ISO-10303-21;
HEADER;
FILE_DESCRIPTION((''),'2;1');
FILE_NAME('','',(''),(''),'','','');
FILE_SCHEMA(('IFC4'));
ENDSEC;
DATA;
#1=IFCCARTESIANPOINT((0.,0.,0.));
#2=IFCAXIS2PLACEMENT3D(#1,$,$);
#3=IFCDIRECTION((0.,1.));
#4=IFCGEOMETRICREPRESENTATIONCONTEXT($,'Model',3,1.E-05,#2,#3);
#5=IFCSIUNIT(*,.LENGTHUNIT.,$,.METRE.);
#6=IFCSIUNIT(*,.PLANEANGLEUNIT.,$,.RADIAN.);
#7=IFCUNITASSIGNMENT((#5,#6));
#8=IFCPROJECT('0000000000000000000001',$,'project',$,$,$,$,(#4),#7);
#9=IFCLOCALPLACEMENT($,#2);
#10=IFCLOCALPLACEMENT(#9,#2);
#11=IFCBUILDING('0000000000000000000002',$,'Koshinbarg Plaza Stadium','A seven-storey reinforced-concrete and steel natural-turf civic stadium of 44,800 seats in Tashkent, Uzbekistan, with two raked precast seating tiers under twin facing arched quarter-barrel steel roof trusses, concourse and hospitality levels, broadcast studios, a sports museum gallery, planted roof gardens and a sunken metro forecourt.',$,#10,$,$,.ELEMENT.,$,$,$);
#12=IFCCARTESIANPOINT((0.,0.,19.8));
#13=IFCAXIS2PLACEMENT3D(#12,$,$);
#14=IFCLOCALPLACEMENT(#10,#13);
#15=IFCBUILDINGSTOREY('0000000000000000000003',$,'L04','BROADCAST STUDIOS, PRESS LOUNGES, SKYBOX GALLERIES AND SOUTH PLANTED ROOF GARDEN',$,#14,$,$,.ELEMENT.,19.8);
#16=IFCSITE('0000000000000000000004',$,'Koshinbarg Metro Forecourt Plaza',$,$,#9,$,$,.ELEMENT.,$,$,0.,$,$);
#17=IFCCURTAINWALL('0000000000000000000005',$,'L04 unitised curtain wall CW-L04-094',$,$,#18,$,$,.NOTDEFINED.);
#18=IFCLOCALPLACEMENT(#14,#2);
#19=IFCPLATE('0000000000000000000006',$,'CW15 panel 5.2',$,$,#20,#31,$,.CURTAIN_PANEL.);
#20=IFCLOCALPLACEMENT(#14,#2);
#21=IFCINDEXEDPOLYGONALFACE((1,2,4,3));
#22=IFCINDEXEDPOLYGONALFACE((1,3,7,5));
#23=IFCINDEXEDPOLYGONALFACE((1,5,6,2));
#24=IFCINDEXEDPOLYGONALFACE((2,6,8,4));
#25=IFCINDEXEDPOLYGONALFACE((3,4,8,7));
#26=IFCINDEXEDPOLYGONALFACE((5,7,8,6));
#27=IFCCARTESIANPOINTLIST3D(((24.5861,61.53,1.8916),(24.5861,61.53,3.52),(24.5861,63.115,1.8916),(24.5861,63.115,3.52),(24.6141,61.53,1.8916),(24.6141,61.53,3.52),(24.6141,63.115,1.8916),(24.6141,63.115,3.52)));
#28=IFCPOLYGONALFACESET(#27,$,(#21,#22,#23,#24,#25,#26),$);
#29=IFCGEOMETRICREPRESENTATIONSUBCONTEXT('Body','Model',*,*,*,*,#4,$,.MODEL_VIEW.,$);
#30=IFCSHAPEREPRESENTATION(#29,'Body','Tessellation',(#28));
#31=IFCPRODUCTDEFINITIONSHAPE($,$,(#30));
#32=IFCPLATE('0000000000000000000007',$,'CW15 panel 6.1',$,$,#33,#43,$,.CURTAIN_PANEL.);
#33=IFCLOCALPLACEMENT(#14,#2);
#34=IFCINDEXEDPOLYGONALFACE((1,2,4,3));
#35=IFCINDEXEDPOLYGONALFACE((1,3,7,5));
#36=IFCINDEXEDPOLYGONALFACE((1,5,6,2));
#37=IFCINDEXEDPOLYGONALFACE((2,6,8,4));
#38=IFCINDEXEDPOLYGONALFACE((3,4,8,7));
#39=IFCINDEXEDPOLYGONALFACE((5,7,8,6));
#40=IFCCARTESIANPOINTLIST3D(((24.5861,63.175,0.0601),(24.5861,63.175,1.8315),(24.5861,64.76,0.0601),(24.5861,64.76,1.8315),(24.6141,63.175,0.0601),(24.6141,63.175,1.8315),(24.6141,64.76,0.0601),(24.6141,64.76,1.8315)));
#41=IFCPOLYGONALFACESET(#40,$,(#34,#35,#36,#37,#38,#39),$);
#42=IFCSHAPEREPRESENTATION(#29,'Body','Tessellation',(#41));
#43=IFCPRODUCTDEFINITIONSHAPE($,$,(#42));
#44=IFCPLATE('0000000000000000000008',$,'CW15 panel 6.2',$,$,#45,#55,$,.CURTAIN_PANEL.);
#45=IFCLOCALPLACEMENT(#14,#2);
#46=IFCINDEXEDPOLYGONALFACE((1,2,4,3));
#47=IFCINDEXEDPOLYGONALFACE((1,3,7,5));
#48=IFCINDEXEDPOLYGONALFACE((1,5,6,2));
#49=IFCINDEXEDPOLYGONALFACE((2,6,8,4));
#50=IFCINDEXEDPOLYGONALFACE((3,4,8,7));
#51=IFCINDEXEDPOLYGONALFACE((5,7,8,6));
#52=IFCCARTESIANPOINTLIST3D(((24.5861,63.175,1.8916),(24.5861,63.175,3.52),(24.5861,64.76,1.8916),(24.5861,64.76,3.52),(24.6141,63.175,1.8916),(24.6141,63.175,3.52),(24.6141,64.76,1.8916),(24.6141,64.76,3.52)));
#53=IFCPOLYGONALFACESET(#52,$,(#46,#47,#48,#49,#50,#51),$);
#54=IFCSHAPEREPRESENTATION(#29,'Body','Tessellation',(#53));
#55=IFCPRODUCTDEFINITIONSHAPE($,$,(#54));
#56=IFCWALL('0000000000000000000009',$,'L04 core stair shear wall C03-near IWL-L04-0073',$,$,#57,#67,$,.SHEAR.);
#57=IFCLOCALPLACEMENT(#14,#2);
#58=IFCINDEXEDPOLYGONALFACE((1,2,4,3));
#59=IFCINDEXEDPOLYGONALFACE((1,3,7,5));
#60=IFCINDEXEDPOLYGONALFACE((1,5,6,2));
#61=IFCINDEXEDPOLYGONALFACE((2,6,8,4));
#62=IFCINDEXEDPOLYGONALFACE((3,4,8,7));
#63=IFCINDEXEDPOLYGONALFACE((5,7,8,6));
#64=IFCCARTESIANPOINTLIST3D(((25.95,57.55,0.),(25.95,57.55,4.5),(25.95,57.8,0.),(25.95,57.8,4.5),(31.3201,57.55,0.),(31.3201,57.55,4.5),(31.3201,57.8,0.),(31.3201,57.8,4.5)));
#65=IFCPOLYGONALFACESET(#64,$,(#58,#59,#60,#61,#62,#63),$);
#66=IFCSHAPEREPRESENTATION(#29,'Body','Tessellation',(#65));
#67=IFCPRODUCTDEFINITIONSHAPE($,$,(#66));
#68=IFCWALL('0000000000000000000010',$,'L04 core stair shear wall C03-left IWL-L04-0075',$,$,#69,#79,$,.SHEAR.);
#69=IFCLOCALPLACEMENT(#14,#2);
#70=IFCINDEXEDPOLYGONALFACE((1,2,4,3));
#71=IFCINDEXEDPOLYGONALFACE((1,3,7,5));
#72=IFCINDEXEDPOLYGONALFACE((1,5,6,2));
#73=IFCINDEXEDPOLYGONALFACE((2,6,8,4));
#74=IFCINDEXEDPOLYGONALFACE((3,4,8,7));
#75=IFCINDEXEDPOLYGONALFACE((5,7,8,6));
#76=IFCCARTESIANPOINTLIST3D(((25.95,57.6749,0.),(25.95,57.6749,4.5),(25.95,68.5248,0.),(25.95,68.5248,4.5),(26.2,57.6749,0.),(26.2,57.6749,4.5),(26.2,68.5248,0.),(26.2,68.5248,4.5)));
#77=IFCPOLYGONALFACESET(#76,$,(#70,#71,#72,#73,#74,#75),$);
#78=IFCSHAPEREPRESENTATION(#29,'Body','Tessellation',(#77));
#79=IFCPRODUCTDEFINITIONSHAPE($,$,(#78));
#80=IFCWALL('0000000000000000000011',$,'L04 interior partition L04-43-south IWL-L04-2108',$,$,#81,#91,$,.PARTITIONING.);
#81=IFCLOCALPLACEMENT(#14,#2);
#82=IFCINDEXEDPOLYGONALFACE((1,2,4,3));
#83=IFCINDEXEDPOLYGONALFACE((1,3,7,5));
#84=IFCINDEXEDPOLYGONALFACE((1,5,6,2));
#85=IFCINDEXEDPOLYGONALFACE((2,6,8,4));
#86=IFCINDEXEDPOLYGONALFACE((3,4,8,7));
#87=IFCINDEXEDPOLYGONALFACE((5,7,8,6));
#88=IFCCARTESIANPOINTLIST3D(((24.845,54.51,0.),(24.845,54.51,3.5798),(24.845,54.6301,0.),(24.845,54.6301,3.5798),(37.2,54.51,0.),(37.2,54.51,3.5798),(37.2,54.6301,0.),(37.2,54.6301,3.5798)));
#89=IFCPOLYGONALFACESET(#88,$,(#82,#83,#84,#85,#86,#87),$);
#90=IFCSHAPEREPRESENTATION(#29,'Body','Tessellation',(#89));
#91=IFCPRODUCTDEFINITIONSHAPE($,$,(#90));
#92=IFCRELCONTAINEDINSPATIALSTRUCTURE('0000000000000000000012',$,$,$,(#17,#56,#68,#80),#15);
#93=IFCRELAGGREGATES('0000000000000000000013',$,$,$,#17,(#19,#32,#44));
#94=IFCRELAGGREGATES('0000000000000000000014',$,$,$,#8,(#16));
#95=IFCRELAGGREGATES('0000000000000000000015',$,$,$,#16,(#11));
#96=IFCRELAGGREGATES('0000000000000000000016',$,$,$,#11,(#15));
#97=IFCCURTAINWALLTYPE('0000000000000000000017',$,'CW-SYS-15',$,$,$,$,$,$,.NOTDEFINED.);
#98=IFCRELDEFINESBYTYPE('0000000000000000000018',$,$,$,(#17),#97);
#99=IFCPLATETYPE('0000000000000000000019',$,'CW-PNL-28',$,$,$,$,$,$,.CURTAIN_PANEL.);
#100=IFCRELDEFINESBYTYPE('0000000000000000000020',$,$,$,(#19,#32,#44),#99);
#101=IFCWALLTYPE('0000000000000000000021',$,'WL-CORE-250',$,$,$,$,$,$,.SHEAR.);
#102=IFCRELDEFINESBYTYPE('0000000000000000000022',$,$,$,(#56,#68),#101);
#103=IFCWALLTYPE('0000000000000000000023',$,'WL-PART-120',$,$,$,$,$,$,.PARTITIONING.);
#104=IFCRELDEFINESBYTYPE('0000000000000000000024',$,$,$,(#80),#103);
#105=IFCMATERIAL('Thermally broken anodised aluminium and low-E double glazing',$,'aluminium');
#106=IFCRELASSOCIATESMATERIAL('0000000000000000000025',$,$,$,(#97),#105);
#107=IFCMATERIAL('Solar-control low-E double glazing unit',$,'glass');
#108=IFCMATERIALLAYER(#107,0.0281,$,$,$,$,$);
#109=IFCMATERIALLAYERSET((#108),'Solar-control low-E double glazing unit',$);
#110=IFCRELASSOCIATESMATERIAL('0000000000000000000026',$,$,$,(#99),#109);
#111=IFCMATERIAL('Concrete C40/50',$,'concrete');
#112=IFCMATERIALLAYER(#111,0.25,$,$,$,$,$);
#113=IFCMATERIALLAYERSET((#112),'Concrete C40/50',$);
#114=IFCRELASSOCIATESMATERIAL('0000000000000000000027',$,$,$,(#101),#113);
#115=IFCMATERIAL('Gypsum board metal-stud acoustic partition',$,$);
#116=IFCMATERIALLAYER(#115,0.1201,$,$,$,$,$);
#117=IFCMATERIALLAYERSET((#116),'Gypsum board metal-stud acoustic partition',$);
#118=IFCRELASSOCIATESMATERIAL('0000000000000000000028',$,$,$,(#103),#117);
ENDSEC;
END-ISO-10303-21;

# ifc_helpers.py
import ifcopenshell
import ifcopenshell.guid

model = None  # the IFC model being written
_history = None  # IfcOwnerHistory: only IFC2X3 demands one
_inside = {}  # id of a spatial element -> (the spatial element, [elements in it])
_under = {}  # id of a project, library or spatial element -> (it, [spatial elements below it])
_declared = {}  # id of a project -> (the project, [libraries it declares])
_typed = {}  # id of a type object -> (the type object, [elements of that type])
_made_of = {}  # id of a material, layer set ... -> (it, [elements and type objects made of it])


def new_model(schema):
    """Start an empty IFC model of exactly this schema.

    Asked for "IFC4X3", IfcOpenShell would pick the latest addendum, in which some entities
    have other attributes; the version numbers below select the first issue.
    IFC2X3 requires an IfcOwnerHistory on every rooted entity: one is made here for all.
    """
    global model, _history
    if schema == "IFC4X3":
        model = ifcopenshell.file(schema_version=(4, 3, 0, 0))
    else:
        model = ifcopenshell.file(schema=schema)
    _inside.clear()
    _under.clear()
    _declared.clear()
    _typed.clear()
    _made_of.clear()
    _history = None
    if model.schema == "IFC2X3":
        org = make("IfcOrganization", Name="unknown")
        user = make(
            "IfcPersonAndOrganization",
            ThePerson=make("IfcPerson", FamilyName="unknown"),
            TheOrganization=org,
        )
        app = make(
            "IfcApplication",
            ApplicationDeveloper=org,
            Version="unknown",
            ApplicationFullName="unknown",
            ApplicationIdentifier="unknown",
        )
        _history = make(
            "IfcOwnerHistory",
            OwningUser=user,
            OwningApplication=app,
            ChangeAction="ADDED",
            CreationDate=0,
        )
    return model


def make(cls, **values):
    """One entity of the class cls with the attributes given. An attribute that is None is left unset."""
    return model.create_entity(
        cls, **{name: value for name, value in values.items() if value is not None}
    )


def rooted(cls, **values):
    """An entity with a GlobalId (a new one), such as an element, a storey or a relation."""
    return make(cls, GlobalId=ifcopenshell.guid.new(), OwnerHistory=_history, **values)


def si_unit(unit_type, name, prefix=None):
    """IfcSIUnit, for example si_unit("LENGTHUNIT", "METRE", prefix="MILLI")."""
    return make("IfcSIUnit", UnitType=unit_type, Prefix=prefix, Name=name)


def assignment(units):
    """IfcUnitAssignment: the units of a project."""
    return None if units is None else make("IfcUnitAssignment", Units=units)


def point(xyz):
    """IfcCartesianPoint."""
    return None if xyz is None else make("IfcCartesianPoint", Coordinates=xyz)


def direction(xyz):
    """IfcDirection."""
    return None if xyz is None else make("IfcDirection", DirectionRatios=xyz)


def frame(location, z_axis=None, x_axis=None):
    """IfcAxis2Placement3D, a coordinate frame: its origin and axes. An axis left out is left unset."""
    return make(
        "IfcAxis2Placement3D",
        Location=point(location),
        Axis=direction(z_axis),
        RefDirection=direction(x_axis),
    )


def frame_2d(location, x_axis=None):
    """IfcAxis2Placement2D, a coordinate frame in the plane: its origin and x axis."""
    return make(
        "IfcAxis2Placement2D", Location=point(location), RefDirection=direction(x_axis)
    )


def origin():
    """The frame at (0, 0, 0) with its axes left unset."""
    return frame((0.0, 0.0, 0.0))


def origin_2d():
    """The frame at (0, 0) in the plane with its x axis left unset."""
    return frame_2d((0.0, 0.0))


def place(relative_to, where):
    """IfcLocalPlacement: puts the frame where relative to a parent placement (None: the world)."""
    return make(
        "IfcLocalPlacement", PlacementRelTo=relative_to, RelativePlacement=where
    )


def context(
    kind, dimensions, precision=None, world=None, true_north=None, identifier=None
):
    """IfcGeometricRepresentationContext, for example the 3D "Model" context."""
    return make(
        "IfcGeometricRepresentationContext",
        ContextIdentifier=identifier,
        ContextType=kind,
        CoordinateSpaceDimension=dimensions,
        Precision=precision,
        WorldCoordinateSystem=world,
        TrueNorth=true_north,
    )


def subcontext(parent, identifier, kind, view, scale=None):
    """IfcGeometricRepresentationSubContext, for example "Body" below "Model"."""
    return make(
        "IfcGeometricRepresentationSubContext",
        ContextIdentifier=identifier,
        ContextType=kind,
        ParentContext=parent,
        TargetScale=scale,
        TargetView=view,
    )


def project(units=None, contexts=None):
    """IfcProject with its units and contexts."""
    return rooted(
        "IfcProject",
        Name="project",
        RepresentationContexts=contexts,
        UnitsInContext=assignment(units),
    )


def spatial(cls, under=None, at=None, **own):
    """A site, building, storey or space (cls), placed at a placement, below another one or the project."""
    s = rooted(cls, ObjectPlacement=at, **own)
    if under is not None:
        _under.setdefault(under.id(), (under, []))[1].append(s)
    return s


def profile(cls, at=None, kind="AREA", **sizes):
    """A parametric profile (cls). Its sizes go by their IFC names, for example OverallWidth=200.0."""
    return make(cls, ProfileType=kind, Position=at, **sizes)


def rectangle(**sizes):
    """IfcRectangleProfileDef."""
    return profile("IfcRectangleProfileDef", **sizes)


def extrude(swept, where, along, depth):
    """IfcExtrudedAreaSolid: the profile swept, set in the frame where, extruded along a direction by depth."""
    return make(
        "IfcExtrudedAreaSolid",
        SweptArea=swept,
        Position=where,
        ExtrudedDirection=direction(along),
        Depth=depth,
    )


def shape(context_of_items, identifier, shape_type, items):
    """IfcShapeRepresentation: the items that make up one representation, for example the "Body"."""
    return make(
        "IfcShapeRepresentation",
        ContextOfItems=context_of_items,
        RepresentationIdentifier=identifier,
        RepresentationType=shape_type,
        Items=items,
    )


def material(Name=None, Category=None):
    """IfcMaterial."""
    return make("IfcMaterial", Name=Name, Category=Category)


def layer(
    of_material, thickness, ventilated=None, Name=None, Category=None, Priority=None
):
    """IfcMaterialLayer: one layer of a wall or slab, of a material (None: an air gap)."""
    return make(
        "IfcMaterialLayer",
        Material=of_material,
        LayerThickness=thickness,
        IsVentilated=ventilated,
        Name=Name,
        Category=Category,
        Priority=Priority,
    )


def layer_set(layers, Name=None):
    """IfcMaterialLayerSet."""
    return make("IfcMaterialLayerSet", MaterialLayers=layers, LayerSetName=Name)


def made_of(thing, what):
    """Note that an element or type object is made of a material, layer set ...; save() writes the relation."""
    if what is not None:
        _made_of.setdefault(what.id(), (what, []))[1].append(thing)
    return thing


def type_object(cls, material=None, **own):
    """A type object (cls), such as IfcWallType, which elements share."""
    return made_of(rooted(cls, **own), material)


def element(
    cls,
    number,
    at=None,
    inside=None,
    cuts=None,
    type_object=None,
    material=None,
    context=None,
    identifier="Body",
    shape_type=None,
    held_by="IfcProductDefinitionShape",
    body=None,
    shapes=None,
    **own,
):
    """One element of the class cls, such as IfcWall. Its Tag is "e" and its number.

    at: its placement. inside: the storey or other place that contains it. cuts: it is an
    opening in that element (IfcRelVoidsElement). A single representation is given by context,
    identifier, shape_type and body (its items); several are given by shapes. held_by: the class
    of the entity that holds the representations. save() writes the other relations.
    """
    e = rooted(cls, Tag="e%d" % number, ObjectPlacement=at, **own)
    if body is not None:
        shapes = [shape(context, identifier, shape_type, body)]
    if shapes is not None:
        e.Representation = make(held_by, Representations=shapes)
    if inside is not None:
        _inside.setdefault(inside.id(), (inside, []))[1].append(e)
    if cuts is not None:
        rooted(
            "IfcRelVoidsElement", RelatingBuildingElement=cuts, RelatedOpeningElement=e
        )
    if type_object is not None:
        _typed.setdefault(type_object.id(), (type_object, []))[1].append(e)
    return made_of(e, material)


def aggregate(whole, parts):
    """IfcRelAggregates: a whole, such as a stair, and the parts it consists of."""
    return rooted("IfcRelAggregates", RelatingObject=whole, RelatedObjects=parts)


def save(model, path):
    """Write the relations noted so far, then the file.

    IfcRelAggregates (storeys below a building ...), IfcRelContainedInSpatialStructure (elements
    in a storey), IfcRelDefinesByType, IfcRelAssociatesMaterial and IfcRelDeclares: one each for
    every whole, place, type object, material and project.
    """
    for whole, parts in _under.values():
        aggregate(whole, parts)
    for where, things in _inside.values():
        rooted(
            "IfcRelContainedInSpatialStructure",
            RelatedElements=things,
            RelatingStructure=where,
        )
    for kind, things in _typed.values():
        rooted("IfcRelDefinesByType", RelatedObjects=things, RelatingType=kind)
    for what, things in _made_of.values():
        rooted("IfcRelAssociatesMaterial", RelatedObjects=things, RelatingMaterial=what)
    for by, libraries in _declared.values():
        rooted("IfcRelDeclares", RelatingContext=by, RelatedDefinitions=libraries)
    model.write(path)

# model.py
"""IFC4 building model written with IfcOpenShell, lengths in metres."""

from ifc_helpers import new_model, si_unit, direction, frame, frame_2d, origin, origin_2d, place, context, subcontext, project, spatial, rectangle, extrude, material, layer, layer_set, type_object, element, aggregate, save


model = new_model("IFC4")

# Units and contexts
model_context = context("Model", 3, precision=1e-05, world=origin(), true_north=direction((0.0, 1.0)))
body_context = subcontext(model_context, "Body", "Model", "MODEL_VIEW")
ifc_project = project(units=[si_unit("LENGTHUNIT", "METRE"), si_unit("PLANEANGLEUNIT", "RADIAN")], contexts=[model_context])

# Site, building, storey
site_placement = place(None, origin())
site = spatial("IfcSite", under=ifc_project, at=site_placement, Name="Koshinbarg Metro Forecourt Plaza", CompositionType="ELEMENT", RefElevation=0.0)
building_placement = place(site_placement, origin())
building = spatial("IfcBuilding", under=site, at=building_placement, Name="Koshinbarg Plaza Stadium", Description="A seven-storey reinforced-concrete and steel natural-turf civic stadium of 44,800 seats in Tashkent, Uzbekistan, with two raked precast seating tiers under twin facing arched quarter-barrel steel roof trusses, concourse and hospitality levels, broadcast studios, a sports museum gallery, planted roof gardens and a sunken metro forecourt.", CompositionType="ELEMENT")
storey_placement = place(building_placement, frame((0.0, 0.0, 19.8)))
storey = spatial("IfcBuildingStorey", under=building, at=storey_placement, Name="L04", Description="BROADCAST STUDIOS, PRESS LOUNGES, SKYBOX GALLERIES AND SOUTH PLANTED ROOF GARDEN", CompositionType="ELEMENT", Elevation=19.8)

# Curtain wall, plates
ifc_material_1 = material(Name="Thermally broken anodised aluminium and low-E double glazing", Category="aluminium")
curtain_wall_type = type_object("IfcCurtainWallType", Name="CW-SYS-15", PredefinedType="NOTDEFINED", material=ifc_material_1)
curtain_wall_placement = place(storey_placement, origin())
curtain_wall = element("IfcCurtainWall", 1, at=curtain_wall_placement, inside=storey, type_object=curtain_wall_type, Name="L04 unitised curtain wall CW-L04-094", PredefinedType="NOTDEFINED")
ifc_material_2 = material(Name="Solar-control low-E double glazing unit", Category="glass")
ifc_layer_1 = layer(ifc_material_2, 0.0281)
ifc_layer_set_1 = layer_set([ifc_layer_1], Name="Solar-control low-E double glazing unit")
plate_type = type_object("IfcPlateType", Name="CW-PNL-28", PredefinedType="CURTAIN_PANEL", material=ifc_layer_set_1)
plate_1_placement = place(storey_placement, frame((24.6001, 62.3225, 1.8916), z_axis=(0.0, 0.0, 1.0), x_axis=(0.0, 1.0, 0.0)))
plate_1 = element("IfcPlate", 2, at=plate_1_placement, type_object=plate_type, Name="CW15 panel 5.2", PredefinedType="CURTAIN_PANEL", context=body_context, shape_type="SweptSolid", body=[
    extrude(rectangle(XDim=1.585, YDim=0.0281, at=origin_2d()), origin(), (0.0, 0.0, 1.0), 1.6284),
])
plate_2_placement = place(storey_placement, frame((24.6001, 63.9675, 0.0601), z_axis=(0.0, 0.0, 1.0), x_axis=(0.0, 1.0, 0.0)))
plate_2 = element("IfcPlate", 3, at=plate_2_placement, type_object=plate_type, Name="CW15 panel 6.1", PredefinedType="CURTAIN_PANEL", context=body_context, shape_type="SweptSolid", body=[
    extrude(rectangle(XDim=1.585, YDim=0.0281, at=origin_2d()), origin(), (0.0, 0.0, 1.0), 1.7715),
])
plate_3_placement = place(storey_placement, frame((24.6001, 63.9675, 1.8916), z_axis=(0.0, 0.0, 1.0), x_axis=(0.0, 1.0, 0.0)))
plate_3 = element("IfcPlate", 4, at=plate_3_placement, type_object=plate_type, Name="CW15 panel 6.2", PredefinedType="CURTAIN_PANEL", context=body_context, shape_type="SweptSolid", body=[
    extrude(rectangle(XDim=1.585, YDim=0.0281, at=origin_2d()), origin(), (0.0, 0.0, 1.0), 1.6284),
])
aggregate(curtain_wall, [plate_1, plate_2, plate_3])

# Walls
ifc_material_3 = material(Name="Concrete C40/50", Category="concrete")
ifc_layer_2 = layer(ifc_material_3, 0.25)
ifc_layer_set_2 = layer_set([ifc_layer_2], Name="Concrete C40/50")
wall_type_1 = type_object("IfcWallType", Name="WL-CORE-250", PredefinedType="SHEAR", material=ifc_layer_set_2)
wall_1_placement = place(storey_placement, frame((25.95, 57.675, 0.0), z_axis=(0.0, 0.0, 1.0), x_axis=(1.0, 0.0, 0.0)))
element("IfcWall", 5, at=wall_1_placement, inside=storey, type_object=wall_type_1, Name="L04 core stair shear wall C03-near IWL-L04-0073", PredefinedType="SHEAR", context=body_context, shape_type="SweptSolid", body=[
    extrude(rectangle(XDim=5.3701, YDim=0.25, at=frame_2d((2.6851, 0.0))), origin(), (0.0, 0.0, 1.0), 4.5),
])
wall_2_placement = place(storey_placement, frame((26.075, 57.675, 0.0), z_axis=(0.0, 0.0, 1.0), x_axis=(0.0, 1.0, 0.0)))
element("IfcWall", 6, at=wall_2_placement, inside=storey, type_object=wall_type_1, Name="L04 core stair shear wall C03-left IWL-L04-0075", PredefinedType="SHEAR", context=body_context, shape_type="SweptSolid", body=[
    extrude(rectangle(XDim=10.8499, YDim=0.25, at=frame_2d((5.4248, 0.0))), origin(), (0.0, 0.0, 1.0), 4.5),
])
ifc_material_4 = material(Name="Gypsum board metal-stud acoustic partition")
ifc_layer_3 = layer(ifc_material_4, 0.1201)
ifc_layer_set_3 = layer_set([ifc_layer_3], Name="Gypsum board metal-stud acoustic partition")
wall_type_2 = type_object("IfcWallType", Name="WL-PART-120", PredefinedType="PARTITIONING", material=ifc_layer_set_3)
wall_3_placement = place(storey_placement, frame((24.845, 54.5701, 0.0), z_axis=(0.0, 0.0, 1.0), x_axis=(1.0, 0.0, 0.0)))
element("IfcWall", 7, at=wall_3_placement, inside=storey, type_object=wall_type_2, Name="L04 interior partition L04-43-south IWL-L04-2108", PredefinedType="PARTITIONING", context=body_context, shape_type="SweptSolid", body=[
    extrude(rectangle(XDim=12.355, YDim=0.1201, at=frame_2d((6.1775, 0.0))), origin(), (0.0, 0.0, 1.0), 3.5798),
])

save(model, "model.ifc")
